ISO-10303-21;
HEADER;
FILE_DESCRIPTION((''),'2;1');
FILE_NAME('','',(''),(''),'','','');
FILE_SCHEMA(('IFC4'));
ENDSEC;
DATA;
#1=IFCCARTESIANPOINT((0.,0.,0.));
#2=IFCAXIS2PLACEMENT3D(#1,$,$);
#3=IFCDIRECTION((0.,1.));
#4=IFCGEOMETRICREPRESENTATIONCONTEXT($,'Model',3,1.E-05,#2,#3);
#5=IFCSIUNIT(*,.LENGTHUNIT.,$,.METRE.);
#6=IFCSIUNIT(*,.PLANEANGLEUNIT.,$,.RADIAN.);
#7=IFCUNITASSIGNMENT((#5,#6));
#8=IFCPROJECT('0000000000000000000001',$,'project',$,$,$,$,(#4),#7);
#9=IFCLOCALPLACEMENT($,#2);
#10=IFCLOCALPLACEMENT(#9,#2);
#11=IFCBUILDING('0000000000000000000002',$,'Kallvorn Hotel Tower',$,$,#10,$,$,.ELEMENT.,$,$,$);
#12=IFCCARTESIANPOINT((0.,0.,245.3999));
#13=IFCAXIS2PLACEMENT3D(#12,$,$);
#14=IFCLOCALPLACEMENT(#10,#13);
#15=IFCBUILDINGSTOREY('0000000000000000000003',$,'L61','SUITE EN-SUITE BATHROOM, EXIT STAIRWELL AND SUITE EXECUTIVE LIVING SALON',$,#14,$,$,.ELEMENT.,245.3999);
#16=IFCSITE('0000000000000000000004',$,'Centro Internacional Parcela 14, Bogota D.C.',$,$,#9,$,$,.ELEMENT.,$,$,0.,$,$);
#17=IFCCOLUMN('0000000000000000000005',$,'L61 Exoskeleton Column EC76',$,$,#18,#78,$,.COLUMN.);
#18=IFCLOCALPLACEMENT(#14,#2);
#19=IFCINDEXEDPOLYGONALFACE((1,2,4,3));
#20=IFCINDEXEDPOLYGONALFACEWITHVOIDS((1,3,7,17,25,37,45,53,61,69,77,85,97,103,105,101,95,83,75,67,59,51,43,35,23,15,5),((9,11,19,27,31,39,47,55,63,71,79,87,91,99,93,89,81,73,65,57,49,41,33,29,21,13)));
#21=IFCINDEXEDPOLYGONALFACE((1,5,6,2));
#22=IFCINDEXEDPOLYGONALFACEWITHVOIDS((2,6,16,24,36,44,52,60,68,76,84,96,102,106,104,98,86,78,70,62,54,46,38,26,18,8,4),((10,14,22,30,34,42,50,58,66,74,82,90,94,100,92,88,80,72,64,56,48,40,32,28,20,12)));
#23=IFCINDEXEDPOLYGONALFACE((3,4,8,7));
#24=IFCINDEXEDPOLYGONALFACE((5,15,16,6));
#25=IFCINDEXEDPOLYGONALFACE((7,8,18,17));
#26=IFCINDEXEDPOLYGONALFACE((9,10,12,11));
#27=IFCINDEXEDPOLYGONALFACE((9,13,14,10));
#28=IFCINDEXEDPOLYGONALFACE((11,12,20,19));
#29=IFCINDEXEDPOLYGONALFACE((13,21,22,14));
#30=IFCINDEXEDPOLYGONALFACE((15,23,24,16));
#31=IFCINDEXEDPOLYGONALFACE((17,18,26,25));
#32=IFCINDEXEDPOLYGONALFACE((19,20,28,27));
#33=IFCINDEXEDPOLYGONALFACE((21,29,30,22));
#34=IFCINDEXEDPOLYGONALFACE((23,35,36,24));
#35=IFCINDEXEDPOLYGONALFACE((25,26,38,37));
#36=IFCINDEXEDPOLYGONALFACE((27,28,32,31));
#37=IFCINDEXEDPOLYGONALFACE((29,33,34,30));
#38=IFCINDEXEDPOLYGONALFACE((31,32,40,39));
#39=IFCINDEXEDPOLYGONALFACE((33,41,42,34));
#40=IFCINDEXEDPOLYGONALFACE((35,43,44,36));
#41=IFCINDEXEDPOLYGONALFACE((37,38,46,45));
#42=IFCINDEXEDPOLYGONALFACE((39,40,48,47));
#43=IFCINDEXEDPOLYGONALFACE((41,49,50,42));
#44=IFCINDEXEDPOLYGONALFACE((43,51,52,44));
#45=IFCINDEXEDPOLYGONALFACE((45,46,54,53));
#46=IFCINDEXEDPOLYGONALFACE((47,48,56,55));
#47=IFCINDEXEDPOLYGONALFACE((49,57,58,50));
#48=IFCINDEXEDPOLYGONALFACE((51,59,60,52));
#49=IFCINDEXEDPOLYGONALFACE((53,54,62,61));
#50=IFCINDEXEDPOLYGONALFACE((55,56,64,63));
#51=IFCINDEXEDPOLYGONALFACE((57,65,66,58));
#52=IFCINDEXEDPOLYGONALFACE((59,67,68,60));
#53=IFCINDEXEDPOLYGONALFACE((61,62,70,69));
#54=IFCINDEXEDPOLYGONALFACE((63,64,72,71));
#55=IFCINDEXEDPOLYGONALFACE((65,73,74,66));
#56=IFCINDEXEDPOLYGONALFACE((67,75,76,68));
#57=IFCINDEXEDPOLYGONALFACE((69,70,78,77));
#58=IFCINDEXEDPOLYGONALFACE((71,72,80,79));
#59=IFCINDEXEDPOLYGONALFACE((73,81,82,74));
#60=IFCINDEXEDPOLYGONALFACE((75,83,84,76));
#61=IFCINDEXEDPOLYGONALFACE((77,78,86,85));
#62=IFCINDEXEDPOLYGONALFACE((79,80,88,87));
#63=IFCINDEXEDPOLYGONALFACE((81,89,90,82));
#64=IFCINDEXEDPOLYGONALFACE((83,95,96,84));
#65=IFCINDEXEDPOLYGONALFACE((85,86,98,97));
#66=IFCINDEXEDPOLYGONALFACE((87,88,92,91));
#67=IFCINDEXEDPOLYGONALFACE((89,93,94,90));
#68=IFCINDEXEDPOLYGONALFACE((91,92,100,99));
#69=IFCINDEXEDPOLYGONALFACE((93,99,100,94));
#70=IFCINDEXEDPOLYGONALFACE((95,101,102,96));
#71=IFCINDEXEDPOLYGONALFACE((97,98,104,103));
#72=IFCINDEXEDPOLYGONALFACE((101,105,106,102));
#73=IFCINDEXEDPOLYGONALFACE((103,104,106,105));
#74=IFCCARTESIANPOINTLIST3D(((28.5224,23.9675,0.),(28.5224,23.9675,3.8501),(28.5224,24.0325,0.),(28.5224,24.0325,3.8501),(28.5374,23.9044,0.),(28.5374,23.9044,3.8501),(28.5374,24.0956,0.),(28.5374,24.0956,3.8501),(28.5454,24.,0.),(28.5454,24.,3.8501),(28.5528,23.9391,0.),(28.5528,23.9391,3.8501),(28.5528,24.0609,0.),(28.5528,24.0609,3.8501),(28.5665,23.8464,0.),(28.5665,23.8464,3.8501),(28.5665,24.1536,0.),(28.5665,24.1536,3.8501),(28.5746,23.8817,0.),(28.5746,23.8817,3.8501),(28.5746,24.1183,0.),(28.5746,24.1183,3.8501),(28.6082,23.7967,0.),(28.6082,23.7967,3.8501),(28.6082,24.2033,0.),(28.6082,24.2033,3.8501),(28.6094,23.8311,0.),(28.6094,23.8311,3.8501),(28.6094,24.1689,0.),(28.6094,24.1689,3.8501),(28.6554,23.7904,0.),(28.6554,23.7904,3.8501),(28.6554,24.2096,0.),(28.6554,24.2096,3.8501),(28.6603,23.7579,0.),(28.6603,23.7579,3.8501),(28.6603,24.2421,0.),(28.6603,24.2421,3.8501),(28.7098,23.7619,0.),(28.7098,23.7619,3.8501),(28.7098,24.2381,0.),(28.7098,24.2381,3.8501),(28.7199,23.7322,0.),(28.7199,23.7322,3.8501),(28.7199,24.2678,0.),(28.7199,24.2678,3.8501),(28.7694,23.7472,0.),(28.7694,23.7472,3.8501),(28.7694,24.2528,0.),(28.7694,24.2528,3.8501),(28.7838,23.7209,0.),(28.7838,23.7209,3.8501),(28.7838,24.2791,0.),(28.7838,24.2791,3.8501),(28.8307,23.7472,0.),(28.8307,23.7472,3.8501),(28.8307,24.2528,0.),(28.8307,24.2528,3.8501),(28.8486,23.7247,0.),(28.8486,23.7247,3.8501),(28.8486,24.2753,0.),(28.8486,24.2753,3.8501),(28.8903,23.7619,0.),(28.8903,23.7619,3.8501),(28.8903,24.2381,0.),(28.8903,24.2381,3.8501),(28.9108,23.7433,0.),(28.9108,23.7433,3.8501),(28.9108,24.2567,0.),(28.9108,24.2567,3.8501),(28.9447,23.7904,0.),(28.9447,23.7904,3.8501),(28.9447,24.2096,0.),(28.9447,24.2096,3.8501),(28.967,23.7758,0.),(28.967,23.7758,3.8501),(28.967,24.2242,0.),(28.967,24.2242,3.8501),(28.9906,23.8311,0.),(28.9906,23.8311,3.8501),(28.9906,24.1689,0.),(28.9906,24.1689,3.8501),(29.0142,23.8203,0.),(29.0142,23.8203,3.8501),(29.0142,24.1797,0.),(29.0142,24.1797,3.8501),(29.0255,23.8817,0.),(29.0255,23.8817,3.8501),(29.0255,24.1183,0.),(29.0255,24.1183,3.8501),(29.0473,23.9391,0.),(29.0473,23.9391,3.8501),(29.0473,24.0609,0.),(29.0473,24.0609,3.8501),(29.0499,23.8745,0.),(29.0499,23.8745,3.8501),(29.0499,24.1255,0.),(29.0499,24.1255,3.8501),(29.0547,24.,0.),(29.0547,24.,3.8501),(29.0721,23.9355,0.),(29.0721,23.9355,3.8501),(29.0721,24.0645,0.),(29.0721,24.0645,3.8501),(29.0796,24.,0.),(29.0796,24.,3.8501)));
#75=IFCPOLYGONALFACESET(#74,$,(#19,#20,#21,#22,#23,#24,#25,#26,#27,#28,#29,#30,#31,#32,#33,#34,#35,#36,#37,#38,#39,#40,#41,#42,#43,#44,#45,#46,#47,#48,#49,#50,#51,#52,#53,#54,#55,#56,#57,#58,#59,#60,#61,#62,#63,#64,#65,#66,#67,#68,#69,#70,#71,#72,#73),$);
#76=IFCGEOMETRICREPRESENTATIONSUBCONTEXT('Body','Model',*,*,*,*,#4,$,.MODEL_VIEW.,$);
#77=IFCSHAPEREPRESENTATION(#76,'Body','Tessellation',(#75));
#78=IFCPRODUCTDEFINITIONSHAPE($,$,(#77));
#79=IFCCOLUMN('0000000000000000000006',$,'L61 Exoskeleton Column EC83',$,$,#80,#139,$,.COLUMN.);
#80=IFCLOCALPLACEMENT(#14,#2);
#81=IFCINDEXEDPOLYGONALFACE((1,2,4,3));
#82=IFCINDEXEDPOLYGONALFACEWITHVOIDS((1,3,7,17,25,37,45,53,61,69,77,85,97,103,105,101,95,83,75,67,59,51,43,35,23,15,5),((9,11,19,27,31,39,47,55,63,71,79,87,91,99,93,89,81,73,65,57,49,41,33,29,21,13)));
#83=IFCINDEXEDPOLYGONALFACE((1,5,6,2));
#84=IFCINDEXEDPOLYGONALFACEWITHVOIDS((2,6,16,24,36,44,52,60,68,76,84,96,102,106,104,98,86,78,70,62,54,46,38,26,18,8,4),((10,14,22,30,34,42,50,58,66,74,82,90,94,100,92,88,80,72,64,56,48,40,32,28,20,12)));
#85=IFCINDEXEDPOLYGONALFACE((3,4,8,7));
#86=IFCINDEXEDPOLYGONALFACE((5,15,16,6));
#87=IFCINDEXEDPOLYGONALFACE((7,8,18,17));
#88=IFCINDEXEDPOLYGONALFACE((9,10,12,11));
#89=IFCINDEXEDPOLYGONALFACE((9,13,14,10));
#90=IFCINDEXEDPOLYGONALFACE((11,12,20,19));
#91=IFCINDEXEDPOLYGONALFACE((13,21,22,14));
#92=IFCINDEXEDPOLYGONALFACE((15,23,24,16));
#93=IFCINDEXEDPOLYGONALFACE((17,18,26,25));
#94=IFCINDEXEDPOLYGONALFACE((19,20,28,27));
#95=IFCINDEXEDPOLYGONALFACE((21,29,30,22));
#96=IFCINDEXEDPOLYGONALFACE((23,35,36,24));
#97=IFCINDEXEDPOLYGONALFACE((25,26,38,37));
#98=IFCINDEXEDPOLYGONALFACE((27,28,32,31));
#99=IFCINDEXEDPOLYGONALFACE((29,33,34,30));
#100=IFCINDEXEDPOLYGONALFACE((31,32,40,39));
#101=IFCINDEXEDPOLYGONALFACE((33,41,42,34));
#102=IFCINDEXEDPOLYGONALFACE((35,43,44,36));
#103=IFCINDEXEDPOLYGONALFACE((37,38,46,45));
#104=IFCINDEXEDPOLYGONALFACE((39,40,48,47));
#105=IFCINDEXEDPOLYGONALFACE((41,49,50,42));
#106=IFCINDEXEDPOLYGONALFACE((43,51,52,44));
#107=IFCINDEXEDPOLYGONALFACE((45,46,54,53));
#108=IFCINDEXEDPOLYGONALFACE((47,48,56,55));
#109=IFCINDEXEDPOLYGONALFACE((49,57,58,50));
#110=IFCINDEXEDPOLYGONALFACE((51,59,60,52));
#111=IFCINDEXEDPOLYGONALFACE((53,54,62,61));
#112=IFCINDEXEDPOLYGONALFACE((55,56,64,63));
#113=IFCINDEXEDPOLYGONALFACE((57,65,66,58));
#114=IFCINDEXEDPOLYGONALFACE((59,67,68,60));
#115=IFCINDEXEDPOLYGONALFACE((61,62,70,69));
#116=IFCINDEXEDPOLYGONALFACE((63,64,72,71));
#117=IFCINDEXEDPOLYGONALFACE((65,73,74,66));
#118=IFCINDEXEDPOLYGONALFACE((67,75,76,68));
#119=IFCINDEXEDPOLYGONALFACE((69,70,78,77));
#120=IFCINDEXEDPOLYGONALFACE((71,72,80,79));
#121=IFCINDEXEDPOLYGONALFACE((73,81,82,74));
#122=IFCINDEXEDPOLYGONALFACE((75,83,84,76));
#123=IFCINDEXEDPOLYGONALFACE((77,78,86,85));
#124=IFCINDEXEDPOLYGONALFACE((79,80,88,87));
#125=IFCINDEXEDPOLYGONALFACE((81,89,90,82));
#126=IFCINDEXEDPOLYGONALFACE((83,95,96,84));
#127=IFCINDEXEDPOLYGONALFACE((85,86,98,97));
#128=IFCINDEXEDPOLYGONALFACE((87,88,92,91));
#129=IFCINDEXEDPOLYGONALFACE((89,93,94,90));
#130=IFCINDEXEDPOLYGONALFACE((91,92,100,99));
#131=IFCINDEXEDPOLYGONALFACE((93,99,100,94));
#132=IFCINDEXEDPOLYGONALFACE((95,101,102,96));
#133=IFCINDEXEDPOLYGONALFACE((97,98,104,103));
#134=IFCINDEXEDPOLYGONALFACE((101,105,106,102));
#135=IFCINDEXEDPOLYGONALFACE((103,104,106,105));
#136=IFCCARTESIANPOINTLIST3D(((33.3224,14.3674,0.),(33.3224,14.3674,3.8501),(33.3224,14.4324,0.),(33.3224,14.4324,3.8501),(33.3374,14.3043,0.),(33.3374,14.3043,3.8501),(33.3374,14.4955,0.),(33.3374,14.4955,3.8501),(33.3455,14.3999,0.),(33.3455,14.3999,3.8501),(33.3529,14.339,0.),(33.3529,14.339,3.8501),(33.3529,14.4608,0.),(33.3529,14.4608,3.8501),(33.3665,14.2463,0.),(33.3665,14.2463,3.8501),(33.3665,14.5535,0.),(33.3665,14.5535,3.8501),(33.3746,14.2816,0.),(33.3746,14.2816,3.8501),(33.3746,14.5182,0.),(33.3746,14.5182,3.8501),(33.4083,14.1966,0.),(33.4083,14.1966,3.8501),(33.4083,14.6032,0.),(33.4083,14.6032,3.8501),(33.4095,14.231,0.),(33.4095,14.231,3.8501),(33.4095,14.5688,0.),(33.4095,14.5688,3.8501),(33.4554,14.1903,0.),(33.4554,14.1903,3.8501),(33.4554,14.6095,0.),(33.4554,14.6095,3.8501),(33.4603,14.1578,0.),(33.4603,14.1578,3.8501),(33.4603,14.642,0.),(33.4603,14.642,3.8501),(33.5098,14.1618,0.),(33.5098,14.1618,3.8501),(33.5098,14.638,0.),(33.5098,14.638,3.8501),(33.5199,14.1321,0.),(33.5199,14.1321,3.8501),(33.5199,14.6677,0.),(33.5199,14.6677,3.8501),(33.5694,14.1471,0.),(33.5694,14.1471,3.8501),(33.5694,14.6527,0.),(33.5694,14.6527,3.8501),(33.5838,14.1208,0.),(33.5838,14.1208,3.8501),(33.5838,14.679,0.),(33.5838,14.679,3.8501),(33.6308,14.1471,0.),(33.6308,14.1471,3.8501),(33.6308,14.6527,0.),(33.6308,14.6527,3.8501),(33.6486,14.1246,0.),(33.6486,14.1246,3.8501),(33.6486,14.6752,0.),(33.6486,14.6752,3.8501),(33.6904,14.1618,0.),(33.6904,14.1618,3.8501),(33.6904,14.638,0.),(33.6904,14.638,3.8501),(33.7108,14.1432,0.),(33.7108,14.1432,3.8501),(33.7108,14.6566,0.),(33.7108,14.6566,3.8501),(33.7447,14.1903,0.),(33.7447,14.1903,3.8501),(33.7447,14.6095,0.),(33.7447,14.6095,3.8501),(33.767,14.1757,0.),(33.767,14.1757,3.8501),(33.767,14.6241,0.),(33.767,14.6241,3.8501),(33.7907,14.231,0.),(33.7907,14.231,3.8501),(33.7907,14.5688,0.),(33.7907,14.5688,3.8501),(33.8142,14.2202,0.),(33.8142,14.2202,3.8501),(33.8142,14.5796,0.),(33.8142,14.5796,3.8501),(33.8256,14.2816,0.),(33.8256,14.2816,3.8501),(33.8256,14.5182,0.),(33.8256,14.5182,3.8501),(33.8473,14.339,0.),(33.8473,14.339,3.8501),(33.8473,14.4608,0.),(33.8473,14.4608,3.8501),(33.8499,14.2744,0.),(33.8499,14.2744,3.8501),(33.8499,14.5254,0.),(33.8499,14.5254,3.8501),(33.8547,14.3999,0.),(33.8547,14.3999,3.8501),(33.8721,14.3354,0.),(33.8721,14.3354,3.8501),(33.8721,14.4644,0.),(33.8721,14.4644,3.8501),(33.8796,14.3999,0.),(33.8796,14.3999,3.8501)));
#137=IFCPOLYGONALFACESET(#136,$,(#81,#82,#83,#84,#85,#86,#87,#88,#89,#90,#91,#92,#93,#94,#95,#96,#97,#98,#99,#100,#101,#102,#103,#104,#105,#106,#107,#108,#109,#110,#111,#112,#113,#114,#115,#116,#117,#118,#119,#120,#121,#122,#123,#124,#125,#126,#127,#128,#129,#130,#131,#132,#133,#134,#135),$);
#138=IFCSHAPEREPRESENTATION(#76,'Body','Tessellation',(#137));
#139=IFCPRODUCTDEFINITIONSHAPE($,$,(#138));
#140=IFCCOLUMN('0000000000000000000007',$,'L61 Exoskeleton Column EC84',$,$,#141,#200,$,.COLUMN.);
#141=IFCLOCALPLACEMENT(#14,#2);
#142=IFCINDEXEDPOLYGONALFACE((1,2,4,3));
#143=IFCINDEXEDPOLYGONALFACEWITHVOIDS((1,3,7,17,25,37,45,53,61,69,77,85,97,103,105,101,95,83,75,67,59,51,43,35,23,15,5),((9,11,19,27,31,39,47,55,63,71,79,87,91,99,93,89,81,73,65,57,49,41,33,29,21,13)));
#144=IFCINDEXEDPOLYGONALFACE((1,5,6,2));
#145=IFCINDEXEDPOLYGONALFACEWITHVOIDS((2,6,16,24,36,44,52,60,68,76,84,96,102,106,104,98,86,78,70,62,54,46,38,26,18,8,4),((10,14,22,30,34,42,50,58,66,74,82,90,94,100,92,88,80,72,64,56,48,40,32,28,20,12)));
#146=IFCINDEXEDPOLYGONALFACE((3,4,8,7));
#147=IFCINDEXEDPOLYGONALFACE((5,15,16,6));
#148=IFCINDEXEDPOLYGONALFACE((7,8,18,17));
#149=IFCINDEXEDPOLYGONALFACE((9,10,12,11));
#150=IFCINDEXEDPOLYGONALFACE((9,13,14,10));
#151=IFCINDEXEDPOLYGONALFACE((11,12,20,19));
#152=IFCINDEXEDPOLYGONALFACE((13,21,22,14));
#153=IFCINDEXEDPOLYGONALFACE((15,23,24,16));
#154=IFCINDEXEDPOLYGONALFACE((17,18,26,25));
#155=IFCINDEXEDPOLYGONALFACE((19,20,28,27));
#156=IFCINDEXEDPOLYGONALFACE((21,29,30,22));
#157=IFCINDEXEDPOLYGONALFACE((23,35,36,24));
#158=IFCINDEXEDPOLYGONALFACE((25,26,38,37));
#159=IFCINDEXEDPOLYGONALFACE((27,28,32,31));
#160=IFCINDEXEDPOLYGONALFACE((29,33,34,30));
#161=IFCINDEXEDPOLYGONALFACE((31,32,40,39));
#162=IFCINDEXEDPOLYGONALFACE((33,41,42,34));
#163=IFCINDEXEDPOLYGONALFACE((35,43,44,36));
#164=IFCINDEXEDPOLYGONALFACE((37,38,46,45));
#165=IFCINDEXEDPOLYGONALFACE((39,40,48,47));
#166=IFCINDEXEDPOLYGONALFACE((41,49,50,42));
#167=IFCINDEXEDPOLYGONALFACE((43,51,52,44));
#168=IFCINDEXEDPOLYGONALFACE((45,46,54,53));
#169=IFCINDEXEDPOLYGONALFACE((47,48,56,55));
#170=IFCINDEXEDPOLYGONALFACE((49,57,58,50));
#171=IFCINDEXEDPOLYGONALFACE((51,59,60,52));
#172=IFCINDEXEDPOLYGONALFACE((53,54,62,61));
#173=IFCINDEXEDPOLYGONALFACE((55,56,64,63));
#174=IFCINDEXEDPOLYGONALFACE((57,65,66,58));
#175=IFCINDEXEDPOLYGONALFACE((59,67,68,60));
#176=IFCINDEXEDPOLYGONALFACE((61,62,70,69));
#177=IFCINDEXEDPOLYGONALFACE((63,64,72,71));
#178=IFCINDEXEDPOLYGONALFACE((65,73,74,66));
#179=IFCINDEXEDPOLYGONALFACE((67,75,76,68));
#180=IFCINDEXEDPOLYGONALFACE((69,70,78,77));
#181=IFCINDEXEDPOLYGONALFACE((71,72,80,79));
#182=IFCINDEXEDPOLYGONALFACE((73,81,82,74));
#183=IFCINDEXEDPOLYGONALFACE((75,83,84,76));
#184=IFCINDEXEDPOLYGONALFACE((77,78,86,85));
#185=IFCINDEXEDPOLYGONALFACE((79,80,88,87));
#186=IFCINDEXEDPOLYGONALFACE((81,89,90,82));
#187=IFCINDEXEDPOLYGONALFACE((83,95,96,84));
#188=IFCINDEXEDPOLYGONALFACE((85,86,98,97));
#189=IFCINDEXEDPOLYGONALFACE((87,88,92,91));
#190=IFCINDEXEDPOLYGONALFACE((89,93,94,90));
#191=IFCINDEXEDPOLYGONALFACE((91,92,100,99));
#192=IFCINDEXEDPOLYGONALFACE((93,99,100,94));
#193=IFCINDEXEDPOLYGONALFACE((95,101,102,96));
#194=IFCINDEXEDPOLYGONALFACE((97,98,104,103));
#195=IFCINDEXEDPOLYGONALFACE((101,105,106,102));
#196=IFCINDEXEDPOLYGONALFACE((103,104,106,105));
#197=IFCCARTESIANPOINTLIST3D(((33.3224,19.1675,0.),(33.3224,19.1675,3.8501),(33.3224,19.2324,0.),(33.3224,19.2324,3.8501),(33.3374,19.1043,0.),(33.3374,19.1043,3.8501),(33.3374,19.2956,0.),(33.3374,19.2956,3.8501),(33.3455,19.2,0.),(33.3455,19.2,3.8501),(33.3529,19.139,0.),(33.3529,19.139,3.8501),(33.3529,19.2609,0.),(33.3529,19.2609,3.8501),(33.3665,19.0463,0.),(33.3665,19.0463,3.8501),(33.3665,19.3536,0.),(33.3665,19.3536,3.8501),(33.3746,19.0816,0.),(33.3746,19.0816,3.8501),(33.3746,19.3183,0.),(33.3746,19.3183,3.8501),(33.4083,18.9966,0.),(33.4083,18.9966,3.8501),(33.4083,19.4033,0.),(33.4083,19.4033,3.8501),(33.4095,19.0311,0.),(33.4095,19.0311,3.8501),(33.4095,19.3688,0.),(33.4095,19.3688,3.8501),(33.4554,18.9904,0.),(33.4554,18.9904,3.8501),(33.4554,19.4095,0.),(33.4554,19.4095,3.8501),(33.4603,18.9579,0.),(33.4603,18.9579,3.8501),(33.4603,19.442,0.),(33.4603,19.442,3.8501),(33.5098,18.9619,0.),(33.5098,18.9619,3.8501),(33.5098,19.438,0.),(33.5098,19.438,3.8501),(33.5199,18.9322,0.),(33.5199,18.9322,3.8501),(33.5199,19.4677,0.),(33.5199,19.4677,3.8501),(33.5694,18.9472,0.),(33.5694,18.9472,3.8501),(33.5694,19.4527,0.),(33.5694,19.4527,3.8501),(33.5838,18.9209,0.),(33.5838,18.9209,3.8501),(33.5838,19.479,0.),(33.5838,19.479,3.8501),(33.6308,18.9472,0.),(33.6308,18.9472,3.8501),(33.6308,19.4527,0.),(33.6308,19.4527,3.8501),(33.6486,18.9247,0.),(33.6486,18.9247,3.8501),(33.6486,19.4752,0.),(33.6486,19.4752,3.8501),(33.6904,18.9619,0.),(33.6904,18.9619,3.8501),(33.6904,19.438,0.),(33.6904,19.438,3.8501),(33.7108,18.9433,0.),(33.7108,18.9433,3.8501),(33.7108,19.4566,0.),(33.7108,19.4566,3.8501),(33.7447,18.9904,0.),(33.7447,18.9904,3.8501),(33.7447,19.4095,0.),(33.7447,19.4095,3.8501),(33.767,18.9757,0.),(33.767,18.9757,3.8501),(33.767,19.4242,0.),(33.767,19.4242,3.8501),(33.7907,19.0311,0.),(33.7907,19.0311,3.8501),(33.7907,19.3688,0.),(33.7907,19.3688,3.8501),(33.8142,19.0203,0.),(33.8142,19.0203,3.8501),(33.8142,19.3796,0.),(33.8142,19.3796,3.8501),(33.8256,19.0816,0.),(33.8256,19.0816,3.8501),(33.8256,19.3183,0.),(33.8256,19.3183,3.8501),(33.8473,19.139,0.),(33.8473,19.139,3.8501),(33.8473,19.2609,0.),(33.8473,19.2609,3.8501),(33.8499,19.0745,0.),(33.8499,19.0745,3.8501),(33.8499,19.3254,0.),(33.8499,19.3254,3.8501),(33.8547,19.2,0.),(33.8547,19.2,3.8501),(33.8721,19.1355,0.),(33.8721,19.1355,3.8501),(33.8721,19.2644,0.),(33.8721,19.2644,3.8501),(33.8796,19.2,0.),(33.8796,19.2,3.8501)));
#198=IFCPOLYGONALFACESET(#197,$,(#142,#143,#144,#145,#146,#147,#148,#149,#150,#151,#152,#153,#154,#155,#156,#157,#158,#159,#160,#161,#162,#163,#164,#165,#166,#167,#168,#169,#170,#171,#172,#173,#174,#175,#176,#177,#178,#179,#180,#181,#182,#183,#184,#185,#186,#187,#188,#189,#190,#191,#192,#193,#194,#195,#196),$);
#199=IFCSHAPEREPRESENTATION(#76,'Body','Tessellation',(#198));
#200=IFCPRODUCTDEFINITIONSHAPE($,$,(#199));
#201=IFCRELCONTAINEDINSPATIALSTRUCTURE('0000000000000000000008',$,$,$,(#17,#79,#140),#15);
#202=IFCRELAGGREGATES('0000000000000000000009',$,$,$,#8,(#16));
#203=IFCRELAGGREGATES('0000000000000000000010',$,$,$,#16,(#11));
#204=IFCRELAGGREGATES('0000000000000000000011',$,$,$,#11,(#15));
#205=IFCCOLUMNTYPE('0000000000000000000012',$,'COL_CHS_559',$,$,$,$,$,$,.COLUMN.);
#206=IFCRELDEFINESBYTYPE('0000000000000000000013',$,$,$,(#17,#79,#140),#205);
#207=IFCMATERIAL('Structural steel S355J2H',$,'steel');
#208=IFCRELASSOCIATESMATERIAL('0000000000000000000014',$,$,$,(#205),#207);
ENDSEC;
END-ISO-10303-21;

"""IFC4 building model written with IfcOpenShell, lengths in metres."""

from ifc_helpers import new_model, si_unit, direction, frame, origin, origin_2d, place, context, subcontext, project, spatial, hollow_circle, extrude, material, material_profile, profile_set, type_object, element, save


model = new_model("IFC4")

# Units and contexts
model_context = context("Model", 3, precision=1e-05, world=origin(), true_north=direction((0.0, 1.0)))
body_context = subcontext(model_context, "Body", "Model", "MODEL_VIEW")
ifc_project = project(units=[si_unit("LENGTHUNIT", "METRE"), si_unit("PLANEANGLEUNIT", "RADIAN")], contexts=[model_context])

# Site, building, storey
site_placement = place(None, origin())
site = spatial("IfcSite", under=ifc_project, at=site_placement, Name="Centro Internacional Parcela 14, Bogota D.C.", CompositionType="ELEMENT", RefElevation=0.0)
building_placement = place(site_placement, origin())
building = spatial("IfcBuilding", under=site, at=building_placement, Name="Kallvorn Hotel Tower", CompositionType="ELEMENT")
storey_placement = place(building_placement, frame((0.0, 0.0, 245.3999)))
storey = spatial("IfcBuildingStorey", under=building, at=storey_placement, Name="L61", Description="SUITE EN-SUITE BATHROOM, EXIT STAIRWELL AND SUITE EXECUTIVE LIVING SALON", CompositionType="ELEMENT", Elevation=245.3999)

# Columns
ifc_material_1 = material(Name="Structural steel S355J2H", Category="steel")
ifc_material_profile_1 = material_profile(ifc_material_1, hollow_circle(Radius=0.2795, WallThickness=0.0249, at=origin_2d()), Name="CHS 559x25")
ifc_profile_set_1 = profile_set([ifc_material_profile_1], Name="Structural steel S355J2H")
column_type = type_object("IfcColumnType", Name="COL_CHS_559", PredefinedType="COLUMN", material=ifc_profile_set_1)
for number, where, z_axis, x_axis, name in (
    (1, (28.8, 24.0, 0.0), (0.0, 0.0, 1.0), (1.0, 0.0, 0.0), "L61 Exoskeleton Column EC76"),
    (2, (33.6001, 14.3999, 0.0), (0.0, 0.0, 1.0), (1.0, 0.0, 0.0), "L61 Exoskeleton Column EC83"),
    (3, (33.6001, 19.2, 0.0), (0.0, 0.0, 1.0), (1.0, 0.0, 0.0), "L61 Exoskeleton Column EC84"),
):
    element("IfcColumn", number, at=place(storey_placement, frame(where, z_axis=z_axis, x_axis=x_axis)), inside=storey, type_object=column_type, Name=name, PredefinedType="COLUMN", context=body_context, shape_type="SweptSolid", body=[
        extrude(hollow_circle(Radius=0.2795, WallThickness=0.0249, at=origin_2d()), origin(), (0.0, 0.0, 1.0), 3.8501),
    ])

save(model, "model.ifc")
